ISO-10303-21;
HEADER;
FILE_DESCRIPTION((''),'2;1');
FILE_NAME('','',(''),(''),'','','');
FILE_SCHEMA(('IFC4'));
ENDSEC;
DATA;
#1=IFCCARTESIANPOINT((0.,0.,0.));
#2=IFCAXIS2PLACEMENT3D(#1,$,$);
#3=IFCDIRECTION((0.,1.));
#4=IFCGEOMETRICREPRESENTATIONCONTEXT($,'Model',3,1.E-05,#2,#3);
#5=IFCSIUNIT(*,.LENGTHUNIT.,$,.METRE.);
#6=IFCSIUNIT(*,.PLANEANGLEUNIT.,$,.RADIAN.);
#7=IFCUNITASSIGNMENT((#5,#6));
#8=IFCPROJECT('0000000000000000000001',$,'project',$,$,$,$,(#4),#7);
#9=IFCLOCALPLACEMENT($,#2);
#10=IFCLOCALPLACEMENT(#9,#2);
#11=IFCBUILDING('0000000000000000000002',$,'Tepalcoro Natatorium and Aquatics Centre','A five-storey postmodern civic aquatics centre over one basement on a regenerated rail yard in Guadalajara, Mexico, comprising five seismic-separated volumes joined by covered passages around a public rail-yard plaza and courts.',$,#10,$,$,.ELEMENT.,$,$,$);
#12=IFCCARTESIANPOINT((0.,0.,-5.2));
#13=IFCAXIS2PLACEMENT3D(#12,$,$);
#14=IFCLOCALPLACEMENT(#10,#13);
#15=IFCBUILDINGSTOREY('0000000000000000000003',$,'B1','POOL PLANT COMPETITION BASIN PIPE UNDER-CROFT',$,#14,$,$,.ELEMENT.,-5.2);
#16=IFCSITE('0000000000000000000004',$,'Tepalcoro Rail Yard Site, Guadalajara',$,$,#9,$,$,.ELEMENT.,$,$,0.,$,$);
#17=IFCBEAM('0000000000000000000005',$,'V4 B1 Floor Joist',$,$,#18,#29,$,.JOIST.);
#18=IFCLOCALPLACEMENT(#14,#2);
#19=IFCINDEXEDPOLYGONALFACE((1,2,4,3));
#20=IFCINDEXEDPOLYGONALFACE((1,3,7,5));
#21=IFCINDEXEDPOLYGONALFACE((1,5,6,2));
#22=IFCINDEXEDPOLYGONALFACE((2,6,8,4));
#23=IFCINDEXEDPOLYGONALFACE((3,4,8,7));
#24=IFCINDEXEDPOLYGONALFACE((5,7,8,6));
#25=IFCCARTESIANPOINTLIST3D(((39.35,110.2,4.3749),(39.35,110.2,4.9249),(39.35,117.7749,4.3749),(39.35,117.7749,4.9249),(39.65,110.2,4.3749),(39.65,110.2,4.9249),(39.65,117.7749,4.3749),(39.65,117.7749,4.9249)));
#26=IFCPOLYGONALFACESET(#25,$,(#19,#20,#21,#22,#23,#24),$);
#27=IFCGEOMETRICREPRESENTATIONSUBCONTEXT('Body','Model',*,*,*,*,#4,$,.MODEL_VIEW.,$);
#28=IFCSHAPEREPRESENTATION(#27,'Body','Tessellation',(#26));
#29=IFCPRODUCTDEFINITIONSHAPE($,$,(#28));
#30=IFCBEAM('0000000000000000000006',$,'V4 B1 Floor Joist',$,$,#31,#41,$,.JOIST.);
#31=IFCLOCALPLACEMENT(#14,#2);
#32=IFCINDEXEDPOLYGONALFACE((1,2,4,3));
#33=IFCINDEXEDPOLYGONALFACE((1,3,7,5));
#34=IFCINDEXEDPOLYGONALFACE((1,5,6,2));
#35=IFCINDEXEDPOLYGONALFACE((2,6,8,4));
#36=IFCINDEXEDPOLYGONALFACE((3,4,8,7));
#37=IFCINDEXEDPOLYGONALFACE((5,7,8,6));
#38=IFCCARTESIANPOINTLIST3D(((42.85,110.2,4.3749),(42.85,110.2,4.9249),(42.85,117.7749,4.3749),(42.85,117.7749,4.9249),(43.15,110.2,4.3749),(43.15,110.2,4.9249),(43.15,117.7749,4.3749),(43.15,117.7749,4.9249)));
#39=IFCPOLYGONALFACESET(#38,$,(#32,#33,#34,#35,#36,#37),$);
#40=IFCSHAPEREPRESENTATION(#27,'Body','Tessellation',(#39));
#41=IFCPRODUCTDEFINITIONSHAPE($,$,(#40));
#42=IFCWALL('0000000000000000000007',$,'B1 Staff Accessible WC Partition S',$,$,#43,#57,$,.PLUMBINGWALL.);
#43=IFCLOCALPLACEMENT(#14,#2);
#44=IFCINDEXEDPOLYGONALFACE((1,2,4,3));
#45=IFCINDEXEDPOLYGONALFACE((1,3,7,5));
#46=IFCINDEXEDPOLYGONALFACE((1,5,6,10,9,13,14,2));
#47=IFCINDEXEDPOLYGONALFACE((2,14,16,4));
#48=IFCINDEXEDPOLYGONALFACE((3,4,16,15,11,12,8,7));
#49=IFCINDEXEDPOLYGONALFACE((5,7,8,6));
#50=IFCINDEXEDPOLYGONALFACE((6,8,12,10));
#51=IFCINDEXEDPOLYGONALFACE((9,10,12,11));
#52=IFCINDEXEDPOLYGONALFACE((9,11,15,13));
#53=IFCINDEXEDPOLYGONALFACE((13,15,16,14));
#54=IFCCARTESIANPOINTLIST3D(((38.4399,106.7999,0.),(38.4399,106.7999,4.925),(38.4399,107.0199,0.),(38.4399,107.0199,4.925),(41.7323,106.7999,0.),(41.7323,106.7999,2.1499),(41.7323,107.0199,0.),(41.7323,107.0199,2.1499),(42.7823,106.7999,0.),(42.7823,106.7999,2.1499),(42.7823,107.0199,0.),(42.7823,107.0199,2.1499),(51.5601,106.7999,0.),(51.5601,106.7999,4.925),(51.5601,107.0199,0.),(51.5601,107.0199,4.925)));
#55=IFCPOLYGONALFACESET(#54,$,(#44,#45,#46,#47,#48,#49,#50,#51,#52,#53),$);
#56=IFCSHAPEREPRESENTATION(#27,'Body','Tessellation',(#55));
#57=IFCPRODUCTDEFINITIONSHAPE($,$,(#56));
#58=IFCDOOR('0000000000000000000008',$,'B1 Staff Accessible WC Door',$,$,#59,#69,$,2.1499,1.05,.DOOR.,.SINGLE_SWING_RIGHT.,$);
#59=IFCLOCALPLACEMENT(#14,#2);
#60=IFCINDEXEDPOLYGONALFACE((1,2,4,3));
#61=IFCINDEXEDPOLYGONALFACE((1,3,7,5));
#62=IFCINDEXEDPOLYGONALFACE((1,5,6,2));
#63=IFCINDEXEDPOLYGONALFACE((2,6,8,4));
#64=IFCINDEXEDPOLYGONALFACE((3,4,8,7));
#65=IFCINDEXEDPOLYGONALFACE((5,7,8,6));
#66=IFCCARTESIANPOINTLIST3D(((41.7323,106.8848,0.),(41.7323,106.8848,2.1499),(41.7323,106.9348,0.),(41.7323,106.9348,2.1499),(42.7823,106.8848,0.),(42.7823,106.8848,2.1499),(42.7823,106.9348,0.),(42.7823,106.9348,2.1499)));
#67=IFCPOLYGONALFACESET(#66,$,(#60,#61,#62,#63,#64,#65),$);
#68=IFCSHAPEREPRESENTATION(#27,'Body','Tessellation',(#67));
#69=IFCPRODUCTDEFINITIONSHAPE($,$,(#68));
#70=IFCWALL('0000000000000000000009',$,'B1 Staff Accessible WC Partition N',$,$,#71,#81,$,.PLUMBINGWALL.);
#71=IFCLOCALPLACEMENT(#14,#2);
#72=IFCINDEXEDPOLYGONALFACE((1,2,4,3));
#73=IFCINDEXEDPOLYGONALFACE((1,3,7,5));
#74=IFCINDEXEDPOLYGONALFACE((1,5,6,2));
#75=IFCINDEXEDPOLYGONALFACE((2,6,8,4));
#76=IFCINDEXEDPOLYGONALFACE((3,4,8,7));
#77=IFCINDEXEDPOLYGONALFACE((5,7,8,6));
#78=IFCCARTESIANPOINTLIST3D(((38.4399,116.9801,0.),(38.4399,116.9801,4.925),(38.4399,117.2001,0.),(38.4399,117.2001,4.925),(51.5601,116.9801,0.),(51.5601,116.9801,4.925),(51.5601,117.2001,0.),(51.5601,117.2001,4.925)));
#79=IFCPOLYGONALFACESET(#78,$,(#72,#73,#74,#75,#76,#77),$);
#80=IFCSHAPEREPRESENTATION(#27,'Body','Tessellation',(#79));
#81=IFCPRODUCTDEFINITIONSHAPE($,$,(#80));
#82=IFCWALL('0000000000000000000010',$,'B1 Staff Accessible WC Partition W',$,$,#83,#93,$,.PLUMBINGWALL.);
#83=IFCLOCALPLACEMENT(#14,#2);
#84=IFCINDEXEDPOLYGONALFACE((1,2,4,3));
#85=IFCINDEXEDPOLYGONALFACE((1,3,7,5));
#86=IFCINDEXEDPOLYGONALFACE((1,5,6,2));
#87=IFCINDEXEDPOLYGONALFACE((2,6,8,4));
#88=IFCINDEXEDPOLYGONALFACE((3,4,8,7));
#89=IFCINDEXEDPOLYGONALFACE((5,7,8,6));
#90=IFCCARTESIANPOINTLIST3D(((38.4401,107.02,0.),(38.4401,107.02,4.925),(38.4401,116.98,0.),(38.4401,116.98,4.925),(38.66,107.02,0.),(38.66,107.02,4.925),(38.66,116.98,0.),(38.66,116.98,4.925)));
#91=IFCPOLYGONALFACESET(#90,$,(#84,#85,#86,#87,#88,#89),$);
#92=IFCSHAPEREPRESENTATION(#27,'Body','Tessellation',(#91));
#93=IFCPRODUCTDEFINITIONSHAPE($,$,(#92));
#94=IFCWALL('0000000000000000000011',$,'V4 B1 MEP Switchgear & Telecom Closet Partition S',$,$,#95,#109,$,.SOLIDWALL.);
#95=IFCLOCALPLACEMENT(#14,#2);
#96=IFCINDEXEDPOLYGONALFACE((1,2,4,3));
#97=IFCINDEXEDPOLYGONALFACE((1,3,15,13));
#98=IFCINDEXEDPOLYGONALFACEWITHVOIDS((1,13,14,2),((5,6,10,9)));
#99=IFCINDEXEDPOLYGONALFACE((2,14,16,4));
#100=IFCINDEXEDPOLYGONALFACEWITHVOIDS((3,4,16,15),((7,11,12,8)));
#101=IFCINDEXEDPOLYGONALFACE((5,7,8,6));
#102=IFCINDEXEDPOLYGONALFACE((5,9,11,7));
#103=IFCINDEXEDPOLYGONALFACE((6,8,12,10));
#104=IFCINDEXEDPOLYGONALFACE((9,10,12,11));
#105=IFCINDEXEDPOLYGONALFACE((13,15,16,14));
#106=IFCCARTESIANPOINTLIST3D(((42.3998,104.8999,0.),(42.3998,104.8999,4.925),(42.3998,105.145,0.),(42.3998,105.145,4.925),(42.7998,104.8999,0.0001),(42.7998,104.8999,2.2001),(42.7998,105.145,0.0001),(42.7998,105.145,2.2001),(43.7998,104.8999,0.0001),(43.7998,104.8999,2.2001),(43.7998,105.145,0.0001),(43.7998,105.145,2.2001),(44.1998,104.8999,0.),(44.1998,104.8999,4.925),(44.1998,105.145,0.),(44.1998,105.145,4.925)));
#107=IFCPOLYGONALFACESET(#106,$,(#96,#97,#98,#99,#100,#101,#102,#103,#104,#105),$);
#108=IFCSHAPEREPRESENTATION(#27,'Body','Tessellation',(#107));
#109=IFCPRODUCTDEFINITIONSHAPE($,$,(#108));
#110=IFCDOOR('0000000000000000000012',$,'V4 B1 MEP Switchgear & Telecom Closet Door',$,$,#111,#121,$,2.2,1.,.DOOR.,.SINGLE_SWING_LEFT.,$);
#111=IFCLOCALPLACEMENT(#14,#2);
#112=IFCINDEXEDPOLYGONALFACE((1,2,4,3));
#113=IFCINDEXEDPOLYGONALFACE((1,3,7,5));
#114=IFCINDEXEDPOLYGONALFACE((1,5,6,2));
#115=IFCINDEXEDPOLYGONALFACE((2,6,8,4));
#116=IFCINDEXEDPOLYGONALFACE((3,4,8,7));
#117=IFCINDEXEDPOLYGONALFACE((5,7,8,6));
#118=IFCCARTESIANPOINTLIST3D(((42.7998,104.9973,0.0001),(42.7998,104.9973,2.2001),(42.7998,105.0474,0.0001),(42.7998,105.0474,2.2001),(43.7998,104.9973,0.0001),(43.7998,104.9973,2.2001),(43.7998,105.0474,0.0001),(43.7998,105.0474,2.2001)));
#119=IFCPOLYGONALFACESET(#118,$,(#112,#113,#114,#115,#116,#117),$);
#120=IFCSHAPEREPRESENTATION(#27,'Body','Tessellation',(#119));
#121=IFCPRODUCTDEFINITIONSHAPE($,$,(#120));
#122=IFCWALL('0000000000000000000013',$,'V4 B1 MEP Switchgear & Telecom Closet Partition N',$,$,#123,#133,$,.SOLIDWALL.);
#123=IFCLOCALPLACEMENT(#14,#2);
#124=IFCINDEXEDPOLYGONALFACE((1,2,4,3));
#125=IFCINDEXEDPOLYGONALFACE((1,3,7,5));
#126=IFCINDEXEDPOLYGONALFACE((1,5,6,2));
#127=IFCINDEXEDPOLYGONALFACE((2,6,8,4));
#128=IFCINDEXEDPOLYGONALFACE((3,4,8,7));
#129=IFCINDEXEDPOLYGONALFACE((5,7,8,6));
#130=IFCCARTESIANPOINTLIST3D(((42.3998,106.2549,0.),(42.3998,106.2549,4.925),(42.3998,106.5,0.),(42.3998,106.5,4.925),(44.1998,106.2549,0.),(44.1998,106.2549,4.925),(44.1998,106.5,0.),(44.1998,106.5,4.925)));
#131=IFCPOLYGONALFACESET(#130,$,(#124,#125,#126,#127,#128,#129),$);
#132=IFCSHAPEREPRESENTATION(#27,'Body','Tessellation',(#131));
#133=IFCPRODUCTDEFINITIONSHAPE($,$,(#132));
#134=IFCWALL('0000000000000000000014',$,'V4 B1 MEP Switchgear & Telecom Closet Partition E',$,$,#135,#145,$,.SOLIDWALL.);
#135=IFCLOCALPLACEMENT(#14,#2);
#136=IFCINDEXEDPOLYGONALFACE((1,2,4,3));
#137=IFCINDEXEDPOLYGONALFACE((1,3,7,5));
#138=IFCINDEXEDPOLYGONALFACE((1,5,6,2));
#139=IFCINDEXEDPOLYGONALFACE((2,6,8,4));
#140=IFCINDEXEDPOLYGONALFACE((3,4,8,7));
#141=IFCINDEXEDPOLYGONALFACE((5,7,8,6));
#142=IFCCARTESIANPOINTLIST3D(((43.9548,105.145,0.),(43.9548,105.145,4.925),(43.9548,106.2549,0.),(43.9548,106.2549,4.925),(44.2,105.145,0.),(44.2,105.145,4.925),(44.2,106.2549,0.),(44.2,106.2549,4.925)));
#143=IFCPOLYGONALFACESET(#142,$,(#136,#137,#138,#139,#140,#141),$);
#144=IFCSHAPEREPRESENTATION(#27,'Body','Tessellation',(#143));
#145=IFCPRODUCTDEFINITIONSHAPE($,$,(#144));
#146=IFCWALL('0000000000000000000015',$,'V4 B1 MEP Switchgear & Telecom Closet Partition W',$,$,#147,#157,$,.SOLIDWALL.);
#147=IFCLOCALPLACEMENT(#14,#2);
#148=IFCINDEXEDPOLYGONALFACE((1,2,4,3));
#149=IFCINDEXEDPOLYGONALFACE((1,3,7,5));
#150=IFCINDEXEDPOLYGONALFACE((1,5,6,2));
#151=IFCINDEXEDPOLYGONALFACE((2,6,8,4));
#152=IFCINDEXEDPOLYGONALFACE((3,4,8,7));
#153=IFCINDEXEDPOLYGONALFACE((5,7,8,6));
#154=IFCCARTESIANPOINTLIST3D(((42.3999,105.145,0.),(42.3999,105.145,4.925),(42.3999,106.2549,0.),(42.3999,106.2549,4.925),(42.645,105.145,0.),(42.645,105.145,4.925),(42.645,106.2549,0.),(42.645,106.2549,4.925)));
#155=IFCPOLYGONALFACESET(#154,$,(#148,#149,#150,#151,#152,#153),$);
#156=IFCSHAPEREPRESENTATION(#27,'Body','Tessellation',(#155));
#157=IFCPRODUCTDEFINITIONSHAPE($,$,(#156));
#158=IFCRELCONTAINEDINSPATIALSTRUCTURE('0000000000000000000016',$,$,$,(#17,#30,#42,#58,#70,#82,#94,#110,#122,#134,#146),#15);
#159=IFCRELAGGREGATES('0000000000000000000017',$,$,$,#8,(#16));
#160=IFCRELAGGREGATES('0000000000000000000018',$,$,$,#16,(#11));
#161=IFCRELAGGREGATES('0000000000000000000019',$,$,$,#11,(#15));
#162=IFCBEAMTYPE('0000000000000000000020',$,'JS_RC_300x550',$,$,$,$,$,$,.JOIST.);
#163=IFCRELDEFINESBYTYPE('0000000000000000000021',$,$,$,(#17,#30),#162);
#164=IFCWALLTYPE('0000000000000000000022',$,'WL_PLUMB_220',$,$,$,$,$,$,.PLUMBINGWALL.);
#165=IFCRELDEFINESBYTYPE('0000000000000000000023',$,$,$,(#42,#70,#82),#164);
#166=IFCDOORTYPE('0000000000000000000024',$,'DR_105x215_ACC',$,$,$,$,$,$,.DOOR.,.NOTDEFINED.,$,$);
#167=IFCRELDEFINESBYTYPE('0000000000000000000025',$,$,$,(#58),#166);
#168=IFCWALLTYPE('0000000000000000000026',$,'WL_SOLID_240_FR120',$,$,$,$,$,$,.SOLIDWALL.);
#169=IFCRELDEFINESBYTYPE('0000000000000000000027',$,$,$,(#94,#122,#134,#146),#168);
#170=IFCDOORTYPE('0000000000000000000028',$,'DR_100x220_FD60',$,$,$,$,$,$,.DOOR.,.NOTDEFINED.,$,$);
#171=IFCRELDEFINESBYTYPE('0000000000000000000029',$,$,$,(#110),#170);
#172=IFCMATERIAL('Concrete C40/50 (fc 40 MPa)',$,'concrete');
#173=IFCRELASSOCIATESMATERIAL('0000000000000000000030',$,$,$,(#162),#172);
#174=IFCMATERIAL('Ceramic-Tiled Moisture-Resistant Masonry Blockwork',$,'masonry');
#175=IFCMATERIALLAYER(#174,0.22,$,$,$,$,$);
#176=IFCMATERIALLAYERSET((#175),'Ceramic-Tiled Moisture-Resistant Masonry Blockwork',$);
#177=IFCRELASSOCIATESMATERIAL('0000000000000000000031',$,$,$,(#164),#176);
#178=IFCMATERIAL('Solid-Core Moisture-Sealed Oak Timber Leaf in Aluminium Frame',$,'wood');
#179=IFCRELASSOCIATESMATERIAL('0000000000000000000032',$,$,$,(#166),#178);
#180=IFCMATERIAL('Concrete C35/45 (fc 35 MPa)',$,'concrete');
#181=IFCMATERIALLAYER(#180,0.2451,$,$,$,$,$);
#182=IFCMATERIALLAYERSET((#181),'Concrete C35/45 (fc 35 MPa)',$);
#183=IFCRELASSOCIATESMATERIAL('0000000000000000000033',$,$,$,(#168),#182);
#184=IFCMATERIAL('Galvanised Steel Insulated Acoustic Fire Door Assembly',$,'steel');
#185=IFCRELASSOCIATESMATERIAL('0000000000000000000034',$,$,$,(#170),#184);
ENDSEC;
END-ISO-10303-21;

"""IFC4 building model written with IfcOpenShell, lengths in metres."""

from ifc_helpers import new_model, si_unit, direction, frame, frame_2d, origin, origin_2d, place, context, subcontext, project, spatial, rectangle, extrude, material, layer, layer_set, material_profile, profile_set, type_object, element, fill, save


model = new_model("IFC4")

# Units and contexts
model_context = context("Model", 3, precision=1e-05, world=origin(), true_north=direction((0.0, 1.0)))
body_context = subcontext(model_context, "Body", "Model", "MODEL_VIEW")
ifc_project = project(units=[si_unit("LENGTHUNIT", "METRE"), si_unit("PLANEANGLEUNIT", "RADIAN")], contexts=[model_context])

# Site, building, storey
site_placement = place(None, origin())
site = spatial("IfcSite", under=ifc_project, at=site_placement, Name="Tepalcoro Rail Yard Site, Guadalajara", CompositionType="ELEMENT", RefElevation=0.0)
building_placement = place(site_placement, origin())
building = spatial("IfcBuilding", under=site, at=building_placement, Name="Tepalcoro Natatorium and Aquatics Centre", Description="A five-storey postmodern civic aquatics centre over one basement on a regenerated rail yard in Guadalajara, Mexico, comprising five seismic-separated volumes joined by covered passages around a public rail-yard plaza and courts.", CompositionType="ELEMENT")
storey_placement = place(building_placement, frame((0.0, 0.0, -5.2)))
storey = spatial("IfcBuildingStorey", under=building, at=storey_placement, Name="B1", Description="POOL PLANT COMPETITION BASIN PIPE UNDER-CROFT", CompositionType="ELEMENT", Elevation=-5.2)

# Shared definitions
ifc_material_1 = material(Name="Concrete C40/50 (fc 40 MPa)", Category="concrete")

# Beams
ifc_material_profile_1 = material_profile(ifc_material_1, rectangle(XDim=0.3, YDim=0.55, at=origin_2d()), Name="RCJ300x550")
ifc_profile_set_1 = profile_set([ifc_material_profile_1], Name="Concrete C40/50 (fc 40 MPa)")
beam_type_1 = type_object("IfcBeamType", Name="JS_RC_300x550", PredefinedType="JOIST", material=ifc_profile_set_1)
for number, where, z_axis, x_axis, name in (
    (1, (39.5, 110.2, 4.6499), (0.0, 1.0, 0.0), (-1.0, 0.0, 0.0), "V4 B1 Floor Joist"),
    (2, (43.0, 110.2, 4.6499), (0.0, 1.0, 0.0), (-1.0, 0.0, 0.0), "V4 B1 Floor Joist"),
):
    element("IfcBeam", number, at=place(storey_placement, frame(where, z_axis=z_axis, x_axis=x_axis)), inside=storey, type_object=beam_type_1, Name=name, PredefinedType="JOIST", context=body_context, shape_type="SweptSolid", body=[
        extrude(rectangle(XDim=0.3, YDim=0.55, at=origin_2d()), origin(), (0.0, 0.0, 1.0), 7.575),
    ])

# Wall, opening, door
ifc_material_2 = material(Name="Ceramic-Tiled Moisture-Resistant Masonry Blockwork", Category="masonry")
ifc_layer_1 = layer(ifc_material_2, 0.22)
ifc_layer_set_1 = layer_set([ifc_layer_1], Name="Ceramic-Tiled Moisture-Resistant Masonry Blockwork")
wall_type_1 = type_object("IfcWallType", Name="WL_PLUMB_220", PredefinedType="PLUMBINGWALL", material=ifc_layer_set_1)
wall_1_placement = place(storey_placement, frame((38.4399, 106.9099, 0.0), z_axis=(0.0, 0.0, 1.0), x_axis=(1.0, 0.0, 0.0)))
wall_1 = element("IfcWall", 3, at=wall_1_placement, inside=storey, type_object=wall_type_1, Name="B1 Staff Accessible WC Partition S", PredefinedType="PLUMBINGWALL", context=body_context, shape_type="SweptSolid", body=[
    extrude(rectangle(XDim=13.1201, YDim=0.22, at=frame_2d((6.5601, 0.0))), origin(), (0.0, 0.0, 1.0), 4.925),
])
opening_1_placement = place(wall_1_placement, frame((3.2925, 0.0, 0.0)))
opening_1 = element("IfcOpeningElement", 4, at=opening_1_placement, cuts=wall_1, PredefinedType="OPENING", context=body_context, shape_type="SweptSolid", body=[
    extrude(rectangle(XDim=1.05, YDim=2.1499, at=frame_2d((0.5249, 1.075))), frame((0.0, 0.1221, 0.0), z_axis=(0.0, -1.0, 0.0), x_axis=(1.0, 0.0, 0.0)), (0.0, 0.0, 1.0), 0.2439),
])
ifc_material_3 = material(Name="Solid-Core Moisture-Sealed Oak Timber Leaf in Aluminium Frame", Category="wood")
door_type_1 = type_object("IfcDoorType", Name="DR_105x215_ACC", OperationType="NOTDEFINED", PredefinedType="DOOR", material=ifc_material_3)
door_1_placement = place(opening_1_placement, origin())
door_1 = element("IfcDoor", 5, at=door_1_placement, inside=storey, type_object=door_type_1, Name="B1 Staff Accessible WC Door", OperationType="SINGLE_SWING_RIGHT", OverallHeight=2.1499, OverallWidth=1.05, PredefinedType="DOOR", context=body_context, shape_type="SweptSolid", body=[
    extrude(rectangle(XDim=1.05, YDim=2.1499, at=frame_2d((0.5249, 1.075))), frame((0.0, 0.0249, 0.0), z_axis=(0.0, -1.0, 0.0), x_axis=(1.0, 0.0, 0.0)), (0.0, 0.0, 1.0), 0.05),
])
fill(opening_1, door_1)

# Walls
wall_2_placement = place(storey_placement, frame((38.4399, 117.0901, 0.0), z_axis=(0.0, 0.0, 1.0), x_axis=(1.0, 0.0, 0.0)))
element("IfcWall", 6, at=wall_2_placement, inside=storey, type_object=wall_type_1, Name="B1 Staff Accessible WC Partition N", PredefinedType="PLUMBINGWALL", context=body_context, shape_type="SweptSolid", body=[
    extrude(rectangle(XDim=13.1201, YDim=0.22, at=frame_2d((6.5601, 0.0))), origin(), (0.0, 0.0, 1.0), 4.925),
])
wall_3_placement = place(storey_placement, frame((38.55, 107.02, 0.0), z_axis=(0.0, 0.0, 1.0), x_axis=(0.0, 1.0, 0.0)))
element("IfcWall", 7, at=wall_3_placement, inside=storey, type_object=wall_type_1, Name="B1 Staff Accessible WC Partition W", PredefinedType="PLUMBINGWALL", context=body_context, shape_type="SweptSolid", body=[
    extrude(rectangle(XDim=9.96, YDim=0.22, at=frame_2d((4.98, 0.0))), origin(), (0.0, 0.0, 1.0), 4.925),
])

# Wall, opening, door
ifc_material_4 = material(Name="Concrete C35/45 (fc 35 MPa)", Category="concrete")
ifc_layer_2 = layer(ifc_material_4, 0.2451)
ifc_layer_set_2 = layer_set([ifc_layer_2], Name="Concrete C35/45 (fc 35 MPa)")
wall_type_2 = type_object("IfcWallType", Name="WL_SOLID_240_FR120", PredefinedType="SOLIDWALL", material=ifc_layer_set_2)
wall_4_placement = place(storey_placement, frame((42.3999, 105.0225, 0.0), z_axis=(0.0, 0.0, 1.0), x_axis=(1.0, 0.0, 0.0)))
wall_4 = element("IfcWall", 8, at=wall_4_placement, inside=storey, type_object=wall_type_2, Name="V4 B1 MEP Switchgear & Telecom Closet Partition S", PredefinedType="SOLIDWALL", context=body_context, shape_type="SweptSolid", body=[
    extrude(rectangle(XDim=1.8, YDim=0.2451, at=frame_2d((0.8999, 0.0))), origin(), (0.0, 0.0, 1.0), 4.925),
])
opening_2_placement = place(wall_4_placement, frame((0.3999, 0.0, 0.0)))
opening_2 = element("IfcOpeningElement", 9, at=opening_2_placement, cuts=wall_4, PredefinedType="OPENING", context=body_context, shape_type="SweptSolid", body=[
    extrude(rectangle(XDim=1.0, YDim=2.2, at=frame_2d((0.5, 1.1001))), frame((0.0, 0.1345, 0.0), z_axis=(0.0, -1.0, 0.0), x_axis=(1.0, 0.0, 0.0)), (0.0, 0.0, 1.0), 0.269),
])
ifc_material_5 = material(Name="Galvanised Steel Insulated Acoustic Fire Door Assembly", Category="steel")
door_type_2 = type_object("IfcDoorType", Name="DR_100x220_FD60", OperationType="NOTDEFINED", PredefinedType="DOOR", material=ifc_material_5)
door_2_placement = place(opening_2_placement, origin())
door_2 = element("IfcDoor", 10, at=door_2_placement, inside=storey, type_object=door_type_2, Name="V4 B1 MEP Switchgear & Telecom Closet Door", OperationType="SINGLE_SWING_LEFT", OverallHeight=2.2, OverallWidth=1.0, PredefinedType="DOOR", context=body_context, shape_type="SweptSolid", body=[
    extrude(rectangle(XDim=1.0, YDim=2.2, at=frame_2d((0.5, 1.1001))), frame((0.0, 0.0249, 0.0), z_axis=(0.0, -1.0, 0.0), x_axis=(1.0, 0.0, 0.0)), (0.0, 0.0, 1.0), 0.05),
])
fill(opening_2, door_2)

# Walls
wall_5_placement = place(storey_placement, frame((42.3999, 106.3774, 0.0), z_axis=(0.0, 0.0, 1.0), x_axis=(1.0, 0.0, 0.0)))
element("IfcWall", 11, at=wall_5_placement, inside=storey, type_object=wall_type_2, Name="V4 B1 MEP Switchgear & Telecom Closet Partition N", PredefinedType="SOLIDWALL", context=body_context, shape_type="SweptSolid", body=[
    extrude(rectangle(XDim=1.8, YDim=0.2451, at=frame_2d((0.8999, 0.0))), origin(), (0.0, 0.0, 1.0), 4.925),
])
for number, where, z_axis, x_axis, name in (
    (12, (44.0774, 105.145, 0.0), (0.0, 0.0, 1.0), (0.0, 1.0, 0.0), "V4 B1 MEP Switchgear & Telecom Closet Partition E"),
    (13, (42.5225, 105.145, 0.0), (0.0, 0.0, 1.0), (0.0, 1.0, 0.0), "V4 B1 MEP Switchgear & Telecom Closet Partition W"),
):
    element("IfcWall", number, at=place(storey_placement, frame(where, z_axis=z_axis, x_axis=x_axis)), inside=storey, type_object=wall_type_2, Name=name, PredefinedType="SOLIDWALL", context=body_context, shape_type="SweptSolid", body=[
        extrude(rectangle(XDim=1.1099, YDim=0.2451, at=frame_2d((0.5549, 0.0))), origin(), (0.0, 0.0, 1.0), 4.925),
    ])

save(model, "model.ifc")
